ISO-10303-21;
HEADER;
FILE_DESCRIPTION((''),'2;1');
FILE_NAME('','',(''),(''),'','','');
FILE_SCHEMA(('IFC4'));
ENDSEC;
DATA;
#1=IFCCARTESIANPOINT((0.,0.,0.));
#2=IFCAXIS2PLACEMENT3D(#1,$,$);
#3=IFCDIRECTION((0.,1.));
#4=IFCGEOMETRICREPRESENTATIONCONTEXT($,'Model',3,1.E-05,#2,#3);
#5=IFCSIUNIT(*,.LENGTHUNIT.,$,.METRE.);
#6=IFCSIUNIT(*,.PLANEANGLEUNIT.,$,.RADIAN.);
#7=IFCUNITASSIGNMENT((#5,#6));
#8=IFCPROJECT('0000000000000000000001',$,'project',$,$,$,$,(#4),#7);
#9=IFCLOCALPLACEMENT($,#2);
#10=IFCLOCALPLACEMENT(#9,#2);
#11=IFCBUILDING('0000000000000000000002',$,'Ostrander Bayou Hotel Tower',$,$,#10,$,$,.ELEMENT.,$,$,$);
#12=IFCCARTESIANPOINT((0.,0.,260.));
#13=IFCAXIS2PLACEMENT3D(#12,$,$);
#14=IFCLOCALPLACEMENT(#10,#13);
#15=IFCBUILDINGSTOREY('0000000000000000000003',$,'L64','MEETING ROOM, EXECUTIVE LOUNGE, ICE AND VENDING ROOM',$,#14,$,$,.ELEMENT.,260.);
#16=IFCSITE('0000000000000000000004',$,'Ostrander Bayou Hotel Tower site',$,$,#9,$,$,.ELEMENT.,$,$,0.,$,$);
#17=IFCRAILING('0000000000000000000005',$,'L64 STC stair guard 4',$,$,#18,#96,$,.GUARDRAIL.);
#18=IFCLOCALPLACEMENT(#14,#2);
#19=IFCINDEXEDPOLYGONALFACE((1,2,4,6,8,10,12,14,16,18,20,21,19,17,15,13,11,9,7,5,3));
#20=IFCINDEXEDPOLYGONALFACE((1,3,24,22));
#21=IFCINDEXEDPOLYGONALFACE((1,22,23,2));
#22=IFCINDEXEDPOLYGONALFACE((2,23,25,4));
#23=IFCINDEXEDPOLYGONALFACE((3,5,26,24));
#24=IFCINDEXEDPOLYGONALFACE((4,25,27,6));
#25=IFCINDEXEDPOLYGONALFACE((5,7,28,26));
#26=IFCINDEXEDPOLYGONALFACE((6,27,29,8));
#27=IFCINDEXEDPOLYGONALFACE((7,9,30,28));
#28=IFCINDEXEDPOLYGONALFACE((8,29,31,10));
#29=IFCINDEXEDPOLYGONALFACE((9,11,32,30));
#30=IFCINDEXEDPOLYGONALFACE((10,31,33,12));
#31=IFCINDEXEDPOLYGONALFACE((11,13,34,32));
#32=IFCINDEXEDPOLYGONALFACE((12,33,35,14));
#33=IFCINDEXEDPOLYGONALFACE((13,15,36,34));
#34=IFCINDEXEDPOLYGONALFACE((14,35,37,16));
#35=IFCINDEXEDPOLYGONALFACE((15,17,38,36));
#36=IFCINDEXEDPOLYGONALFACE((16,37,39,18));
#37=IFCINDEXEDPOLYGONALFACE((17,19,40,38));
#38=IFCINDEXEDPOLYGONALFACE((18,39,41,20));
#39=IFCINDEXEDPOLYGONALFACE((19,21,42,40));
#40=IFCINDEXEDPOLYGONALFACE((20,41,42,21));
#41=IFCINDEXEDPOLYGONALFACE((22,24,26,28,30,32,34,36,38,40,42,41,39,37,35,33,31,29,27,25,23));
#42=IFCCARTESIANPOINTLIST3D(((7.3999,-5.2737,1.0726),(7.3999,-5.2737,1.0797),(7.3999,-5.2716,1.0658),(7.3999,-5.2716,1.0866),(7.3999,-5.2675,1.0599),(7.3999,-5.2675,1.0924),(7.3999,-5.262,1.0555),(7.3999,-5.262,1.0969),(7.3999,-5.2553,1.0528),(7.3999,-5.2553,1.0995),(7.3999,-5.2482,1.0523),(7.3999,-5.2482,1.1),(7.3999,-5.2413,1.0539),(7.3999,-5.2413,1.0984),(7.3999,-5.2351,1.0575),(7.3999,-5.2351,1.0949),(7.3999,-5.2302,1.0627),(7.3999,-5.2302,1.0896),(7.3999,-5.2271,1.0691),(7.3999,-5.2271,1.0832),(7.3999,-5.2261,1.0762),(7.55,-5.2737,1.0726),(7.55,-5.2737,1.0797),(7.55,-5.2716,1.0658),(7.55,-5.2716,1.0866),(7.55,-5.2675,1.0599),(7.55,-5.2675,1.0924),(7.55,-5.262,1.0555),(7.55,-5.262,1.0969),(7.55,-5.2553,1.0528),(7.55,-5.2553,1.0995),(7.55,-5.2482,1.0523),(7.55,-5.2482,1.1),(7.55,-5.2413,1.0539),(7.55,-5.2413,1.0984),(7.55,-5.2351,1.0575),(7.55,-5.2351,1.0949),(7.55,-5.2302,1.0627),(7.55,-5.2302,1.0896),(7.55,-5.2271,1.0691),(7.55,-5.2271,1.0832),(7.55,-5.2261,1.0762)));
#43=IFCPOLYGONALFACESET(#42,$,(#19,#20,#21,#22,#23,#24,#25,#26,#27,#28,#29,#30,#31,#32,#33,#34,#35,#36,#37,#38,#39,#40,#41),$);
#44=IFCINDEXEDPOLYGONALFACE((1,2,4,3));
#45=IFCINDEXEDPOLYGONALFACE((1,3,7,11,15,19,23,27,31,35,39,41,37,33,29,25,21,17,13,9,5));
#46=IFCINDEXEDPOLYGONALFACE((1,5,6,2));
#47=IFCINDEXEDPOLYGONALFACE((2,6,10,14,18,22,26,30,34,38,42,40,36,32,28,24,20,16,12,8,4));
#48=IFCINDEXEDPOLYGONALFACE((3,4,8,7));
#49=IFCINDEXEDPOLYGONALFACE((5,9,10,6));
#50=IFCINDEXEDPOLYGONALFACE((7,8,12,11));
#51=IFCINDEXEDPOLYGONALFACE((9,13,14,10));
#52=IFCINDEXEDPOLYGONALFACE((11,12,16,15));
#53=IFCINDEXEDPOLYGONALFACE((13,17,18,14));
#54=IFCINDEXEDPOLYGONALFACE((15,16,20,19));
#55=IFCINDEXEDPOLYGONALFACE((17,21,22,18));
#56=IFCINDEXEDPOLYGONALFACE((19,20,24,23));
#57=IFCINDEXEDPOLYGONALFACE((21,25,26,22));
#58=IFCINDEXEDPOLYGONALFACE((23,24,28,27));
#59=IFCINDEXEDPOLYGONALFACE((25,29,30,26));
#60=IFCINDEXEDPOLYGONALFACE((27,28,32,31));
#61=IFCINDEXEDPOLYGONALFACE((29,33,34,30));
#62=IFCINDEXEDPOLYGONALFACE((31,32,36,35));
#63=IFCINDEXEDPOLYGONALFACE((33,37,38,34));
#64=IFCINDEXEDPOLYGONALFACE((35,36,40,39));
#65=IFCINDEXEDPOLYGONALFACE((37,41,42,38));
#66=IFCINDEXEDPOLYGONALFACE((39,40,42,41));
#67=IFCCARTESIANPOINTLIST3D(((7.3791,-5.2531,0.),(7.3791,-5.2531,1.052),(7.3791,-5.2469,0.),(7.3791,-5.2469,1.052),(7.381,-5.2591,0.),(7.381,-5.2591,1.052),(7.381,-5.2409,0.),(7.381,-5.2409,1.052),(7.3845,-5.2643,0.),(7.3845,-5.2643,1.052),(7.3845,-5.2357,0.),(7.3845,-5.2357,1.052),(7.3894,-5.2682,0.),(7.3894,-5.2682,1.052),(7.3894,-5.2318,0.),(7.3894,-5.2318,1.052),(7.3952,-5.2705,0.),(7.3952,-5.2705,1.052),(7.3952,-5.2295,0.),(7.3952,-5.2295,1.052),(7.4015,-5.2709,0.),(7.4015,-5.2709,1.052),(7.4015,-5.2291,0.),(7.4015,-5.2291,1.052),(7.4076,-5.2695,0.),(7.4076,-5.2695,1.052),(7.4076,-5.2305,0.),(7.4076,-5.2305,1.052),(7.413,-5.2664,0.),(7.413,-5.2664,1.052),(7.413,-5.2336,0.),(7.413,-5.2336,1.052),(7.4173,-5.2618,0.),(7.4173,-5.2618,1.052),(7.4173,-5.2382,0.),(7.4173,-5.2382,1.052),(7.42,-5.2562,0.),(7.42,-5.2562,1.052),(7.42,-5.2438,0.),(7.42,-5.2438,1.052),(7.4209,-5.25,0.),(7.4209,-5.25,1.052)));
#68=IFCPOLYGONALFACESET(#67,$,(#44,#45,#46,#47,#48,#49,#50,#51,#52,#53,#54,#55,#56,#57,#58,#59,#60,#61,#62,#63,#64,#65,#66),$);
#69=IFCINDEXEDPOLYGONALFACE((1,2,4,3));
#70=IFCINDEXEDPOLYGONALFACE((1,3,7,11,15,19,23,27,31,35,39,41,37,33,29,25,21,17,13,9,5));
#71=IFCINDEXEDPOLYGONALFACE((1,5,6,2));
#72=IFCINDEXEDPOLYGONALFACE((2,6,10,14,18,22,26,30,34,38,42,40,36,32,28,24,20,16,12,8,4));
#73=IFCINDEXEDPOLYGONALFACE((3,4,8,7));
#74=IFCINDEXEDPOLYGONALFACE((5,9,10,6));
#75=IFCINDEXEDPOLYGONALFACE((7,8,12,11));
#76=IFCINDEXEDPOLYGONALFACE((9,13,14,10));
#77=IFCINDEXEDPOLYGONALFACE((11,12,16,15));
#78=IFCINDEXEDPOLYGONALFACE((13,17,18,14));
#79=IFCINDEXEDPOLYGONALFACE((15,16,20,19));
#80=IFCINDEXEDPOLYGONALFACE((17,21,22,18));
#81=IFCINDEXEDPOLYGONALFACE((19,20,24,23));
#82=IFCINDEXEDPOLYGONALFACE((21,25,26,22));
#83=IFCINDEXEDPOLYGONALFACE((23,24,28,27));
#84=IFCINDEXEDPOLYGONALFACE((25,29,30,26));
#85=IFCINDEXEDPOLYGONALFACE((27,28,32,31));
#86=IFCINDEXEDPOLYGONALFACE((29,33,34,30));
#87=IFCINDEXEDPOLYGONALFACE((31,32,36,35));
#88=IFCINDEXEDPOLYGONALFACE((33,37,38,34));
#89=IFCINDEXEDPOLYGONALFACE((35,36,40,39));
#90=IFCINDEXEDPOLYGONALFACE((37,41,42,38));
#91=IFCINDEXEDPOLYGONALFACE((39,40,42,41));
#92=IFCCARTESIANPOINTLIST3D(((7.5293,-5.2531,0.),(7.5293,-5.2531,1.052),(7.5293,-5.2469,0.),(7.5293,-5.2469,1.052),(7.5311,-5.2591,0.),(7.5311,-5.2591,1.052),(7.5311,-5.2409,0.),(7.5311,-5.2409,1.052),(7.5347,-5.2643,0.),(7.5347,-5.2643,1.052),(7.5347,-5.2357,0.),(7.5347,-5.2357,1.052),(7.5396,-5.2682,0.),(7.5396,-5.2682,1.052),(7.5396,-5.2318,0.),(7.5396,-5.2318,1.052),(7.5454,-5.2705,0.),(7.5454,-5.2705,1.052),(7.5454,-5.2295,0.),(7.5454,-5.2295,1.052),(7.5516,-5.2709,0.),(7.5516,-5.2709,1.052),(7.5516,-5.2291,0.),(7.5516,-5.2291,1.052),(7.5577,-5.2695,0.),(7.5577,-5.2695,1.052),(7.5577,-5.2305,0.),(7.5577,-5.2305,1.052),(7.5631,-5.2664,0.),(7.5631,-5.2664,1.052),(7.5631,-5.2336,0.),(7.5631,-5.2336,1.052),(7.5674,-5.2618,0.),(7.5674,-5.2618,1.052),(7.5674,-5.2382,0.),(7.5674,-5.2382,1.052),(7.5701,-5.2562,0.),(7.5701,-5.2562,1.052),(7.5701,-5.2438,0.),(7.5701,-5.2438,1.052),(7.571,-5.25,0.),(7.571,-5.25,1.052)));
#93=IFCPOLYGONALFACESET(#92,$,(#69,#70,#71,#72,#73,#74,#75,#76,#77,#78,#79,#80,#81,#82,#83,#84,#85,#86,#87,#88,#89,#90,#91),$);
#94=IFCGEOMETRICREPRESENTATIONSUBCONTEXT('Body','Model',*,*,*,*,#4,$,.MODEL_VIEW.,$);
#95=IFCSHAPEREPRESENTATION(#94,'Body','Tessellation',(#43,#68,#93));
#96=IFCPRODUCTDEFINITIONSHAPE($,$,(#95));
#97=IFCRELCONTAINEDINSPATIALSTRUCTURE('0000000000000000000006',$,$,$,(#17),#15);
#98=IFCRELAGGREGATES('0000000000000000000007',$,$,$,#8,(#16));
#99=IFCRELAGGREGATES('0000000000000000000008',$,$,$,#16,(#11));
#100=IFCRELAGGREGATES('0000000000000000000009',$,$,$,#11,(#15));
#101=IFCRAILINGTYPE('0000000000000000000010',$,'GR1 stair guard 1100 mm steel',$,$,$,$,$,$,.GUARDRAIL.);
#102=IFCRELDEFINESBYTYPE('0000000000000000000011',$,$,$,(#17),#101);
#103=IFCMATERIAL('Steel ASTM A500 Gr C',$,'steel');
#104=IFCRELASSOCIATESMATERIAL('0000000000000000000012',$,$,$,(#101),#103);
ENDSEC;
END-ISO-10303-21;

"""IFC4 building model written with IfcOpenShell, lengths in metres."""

from ifc_helpers import new_model, si_unit, direction, frame, origin, origin_2d, place, context, subcontext, project, spatial, circle, extrude, material, type_object, element, save


model = new_model("IFC4")

# Units and contexts
model_context = context("Model", 3, precision=1e-05, world=origin(), true_north=direction((0.0, 1.0)))
body_context = subcontext(model_context, "Body", "Model", "MODEL_VIEW")
ifc_project = project(units=[si_unit("LENGTHUNIT", "METRE"), si_unit("PLANEANGLEUNIT", "RADIAN")], contexts=[model_context])

# Site, building, storey
site_placement = place(None, origin())
site = spatial("IfcSite", under=ifc_project, at=site_placement, Name="Ostrander Bayou Hotel Tower site", CompositionType="ELEMENT", RefElevation=0.0)
building_placement = place(site_placement, origin())
building = spatial("IfcBuilding", under=site, at=building_placement, Name="Ostrander Bayou Hotel Tower", CompositionType="ELEMENT")
storey_placement = place(building_placement, frame((0.0, 0.0, 260.0)))
storey = spatial("IfcBuildingStorey", under=building, at=storey_placement, Name="L64", Description="MEETING ROOM, EXECUTIVE LOUNGE, ICE AND VENDING ROOM", CompositionType="ELEMENT", Elevation=260.0)

# Railing
ifc_material_1 = material(Name="Steel ASTM A500 Gr C", Category="steel")
railing_type_1 = type_object("IfcRailingType", Name="GR1 stair guard 1100 mm steel", PredefinedType="GUARDRAIL", material=ifc_material_1)
railing_1_placement = place(storey_placement, frame((7.3999, -5.25, 0.0)))
element("IfcRailing", 1, at=railing_1_placement, inside=storey, type_object=railing_type_1, Name="L64 STC stair guard 4", PredefinedType="GUARDRAIL", context=body_context, shape_type="SweptSolid", body=[
    extrude(circle(Radius=0.0239, at=origin_2d()), frame((0.0, 0.0, 1.0762), z_axis=(1.0, 0.0, 0.0), x_axis=(0.0, 1.0, 0.0)), (0.0, 0.0, 1.0), 0.1501),
    extrude(circle(Radius=0.021, at=origin_2d()), origin(), (0.0, 0.0, 1.0), 1.052),
    extrude(circle(Radius=0.021, at=origin_2d()), frame((0.1501, 0.0, 0.0)), (0.0, 0.0, 1.0), 1.052),
])

save(model, "model.ifc")
